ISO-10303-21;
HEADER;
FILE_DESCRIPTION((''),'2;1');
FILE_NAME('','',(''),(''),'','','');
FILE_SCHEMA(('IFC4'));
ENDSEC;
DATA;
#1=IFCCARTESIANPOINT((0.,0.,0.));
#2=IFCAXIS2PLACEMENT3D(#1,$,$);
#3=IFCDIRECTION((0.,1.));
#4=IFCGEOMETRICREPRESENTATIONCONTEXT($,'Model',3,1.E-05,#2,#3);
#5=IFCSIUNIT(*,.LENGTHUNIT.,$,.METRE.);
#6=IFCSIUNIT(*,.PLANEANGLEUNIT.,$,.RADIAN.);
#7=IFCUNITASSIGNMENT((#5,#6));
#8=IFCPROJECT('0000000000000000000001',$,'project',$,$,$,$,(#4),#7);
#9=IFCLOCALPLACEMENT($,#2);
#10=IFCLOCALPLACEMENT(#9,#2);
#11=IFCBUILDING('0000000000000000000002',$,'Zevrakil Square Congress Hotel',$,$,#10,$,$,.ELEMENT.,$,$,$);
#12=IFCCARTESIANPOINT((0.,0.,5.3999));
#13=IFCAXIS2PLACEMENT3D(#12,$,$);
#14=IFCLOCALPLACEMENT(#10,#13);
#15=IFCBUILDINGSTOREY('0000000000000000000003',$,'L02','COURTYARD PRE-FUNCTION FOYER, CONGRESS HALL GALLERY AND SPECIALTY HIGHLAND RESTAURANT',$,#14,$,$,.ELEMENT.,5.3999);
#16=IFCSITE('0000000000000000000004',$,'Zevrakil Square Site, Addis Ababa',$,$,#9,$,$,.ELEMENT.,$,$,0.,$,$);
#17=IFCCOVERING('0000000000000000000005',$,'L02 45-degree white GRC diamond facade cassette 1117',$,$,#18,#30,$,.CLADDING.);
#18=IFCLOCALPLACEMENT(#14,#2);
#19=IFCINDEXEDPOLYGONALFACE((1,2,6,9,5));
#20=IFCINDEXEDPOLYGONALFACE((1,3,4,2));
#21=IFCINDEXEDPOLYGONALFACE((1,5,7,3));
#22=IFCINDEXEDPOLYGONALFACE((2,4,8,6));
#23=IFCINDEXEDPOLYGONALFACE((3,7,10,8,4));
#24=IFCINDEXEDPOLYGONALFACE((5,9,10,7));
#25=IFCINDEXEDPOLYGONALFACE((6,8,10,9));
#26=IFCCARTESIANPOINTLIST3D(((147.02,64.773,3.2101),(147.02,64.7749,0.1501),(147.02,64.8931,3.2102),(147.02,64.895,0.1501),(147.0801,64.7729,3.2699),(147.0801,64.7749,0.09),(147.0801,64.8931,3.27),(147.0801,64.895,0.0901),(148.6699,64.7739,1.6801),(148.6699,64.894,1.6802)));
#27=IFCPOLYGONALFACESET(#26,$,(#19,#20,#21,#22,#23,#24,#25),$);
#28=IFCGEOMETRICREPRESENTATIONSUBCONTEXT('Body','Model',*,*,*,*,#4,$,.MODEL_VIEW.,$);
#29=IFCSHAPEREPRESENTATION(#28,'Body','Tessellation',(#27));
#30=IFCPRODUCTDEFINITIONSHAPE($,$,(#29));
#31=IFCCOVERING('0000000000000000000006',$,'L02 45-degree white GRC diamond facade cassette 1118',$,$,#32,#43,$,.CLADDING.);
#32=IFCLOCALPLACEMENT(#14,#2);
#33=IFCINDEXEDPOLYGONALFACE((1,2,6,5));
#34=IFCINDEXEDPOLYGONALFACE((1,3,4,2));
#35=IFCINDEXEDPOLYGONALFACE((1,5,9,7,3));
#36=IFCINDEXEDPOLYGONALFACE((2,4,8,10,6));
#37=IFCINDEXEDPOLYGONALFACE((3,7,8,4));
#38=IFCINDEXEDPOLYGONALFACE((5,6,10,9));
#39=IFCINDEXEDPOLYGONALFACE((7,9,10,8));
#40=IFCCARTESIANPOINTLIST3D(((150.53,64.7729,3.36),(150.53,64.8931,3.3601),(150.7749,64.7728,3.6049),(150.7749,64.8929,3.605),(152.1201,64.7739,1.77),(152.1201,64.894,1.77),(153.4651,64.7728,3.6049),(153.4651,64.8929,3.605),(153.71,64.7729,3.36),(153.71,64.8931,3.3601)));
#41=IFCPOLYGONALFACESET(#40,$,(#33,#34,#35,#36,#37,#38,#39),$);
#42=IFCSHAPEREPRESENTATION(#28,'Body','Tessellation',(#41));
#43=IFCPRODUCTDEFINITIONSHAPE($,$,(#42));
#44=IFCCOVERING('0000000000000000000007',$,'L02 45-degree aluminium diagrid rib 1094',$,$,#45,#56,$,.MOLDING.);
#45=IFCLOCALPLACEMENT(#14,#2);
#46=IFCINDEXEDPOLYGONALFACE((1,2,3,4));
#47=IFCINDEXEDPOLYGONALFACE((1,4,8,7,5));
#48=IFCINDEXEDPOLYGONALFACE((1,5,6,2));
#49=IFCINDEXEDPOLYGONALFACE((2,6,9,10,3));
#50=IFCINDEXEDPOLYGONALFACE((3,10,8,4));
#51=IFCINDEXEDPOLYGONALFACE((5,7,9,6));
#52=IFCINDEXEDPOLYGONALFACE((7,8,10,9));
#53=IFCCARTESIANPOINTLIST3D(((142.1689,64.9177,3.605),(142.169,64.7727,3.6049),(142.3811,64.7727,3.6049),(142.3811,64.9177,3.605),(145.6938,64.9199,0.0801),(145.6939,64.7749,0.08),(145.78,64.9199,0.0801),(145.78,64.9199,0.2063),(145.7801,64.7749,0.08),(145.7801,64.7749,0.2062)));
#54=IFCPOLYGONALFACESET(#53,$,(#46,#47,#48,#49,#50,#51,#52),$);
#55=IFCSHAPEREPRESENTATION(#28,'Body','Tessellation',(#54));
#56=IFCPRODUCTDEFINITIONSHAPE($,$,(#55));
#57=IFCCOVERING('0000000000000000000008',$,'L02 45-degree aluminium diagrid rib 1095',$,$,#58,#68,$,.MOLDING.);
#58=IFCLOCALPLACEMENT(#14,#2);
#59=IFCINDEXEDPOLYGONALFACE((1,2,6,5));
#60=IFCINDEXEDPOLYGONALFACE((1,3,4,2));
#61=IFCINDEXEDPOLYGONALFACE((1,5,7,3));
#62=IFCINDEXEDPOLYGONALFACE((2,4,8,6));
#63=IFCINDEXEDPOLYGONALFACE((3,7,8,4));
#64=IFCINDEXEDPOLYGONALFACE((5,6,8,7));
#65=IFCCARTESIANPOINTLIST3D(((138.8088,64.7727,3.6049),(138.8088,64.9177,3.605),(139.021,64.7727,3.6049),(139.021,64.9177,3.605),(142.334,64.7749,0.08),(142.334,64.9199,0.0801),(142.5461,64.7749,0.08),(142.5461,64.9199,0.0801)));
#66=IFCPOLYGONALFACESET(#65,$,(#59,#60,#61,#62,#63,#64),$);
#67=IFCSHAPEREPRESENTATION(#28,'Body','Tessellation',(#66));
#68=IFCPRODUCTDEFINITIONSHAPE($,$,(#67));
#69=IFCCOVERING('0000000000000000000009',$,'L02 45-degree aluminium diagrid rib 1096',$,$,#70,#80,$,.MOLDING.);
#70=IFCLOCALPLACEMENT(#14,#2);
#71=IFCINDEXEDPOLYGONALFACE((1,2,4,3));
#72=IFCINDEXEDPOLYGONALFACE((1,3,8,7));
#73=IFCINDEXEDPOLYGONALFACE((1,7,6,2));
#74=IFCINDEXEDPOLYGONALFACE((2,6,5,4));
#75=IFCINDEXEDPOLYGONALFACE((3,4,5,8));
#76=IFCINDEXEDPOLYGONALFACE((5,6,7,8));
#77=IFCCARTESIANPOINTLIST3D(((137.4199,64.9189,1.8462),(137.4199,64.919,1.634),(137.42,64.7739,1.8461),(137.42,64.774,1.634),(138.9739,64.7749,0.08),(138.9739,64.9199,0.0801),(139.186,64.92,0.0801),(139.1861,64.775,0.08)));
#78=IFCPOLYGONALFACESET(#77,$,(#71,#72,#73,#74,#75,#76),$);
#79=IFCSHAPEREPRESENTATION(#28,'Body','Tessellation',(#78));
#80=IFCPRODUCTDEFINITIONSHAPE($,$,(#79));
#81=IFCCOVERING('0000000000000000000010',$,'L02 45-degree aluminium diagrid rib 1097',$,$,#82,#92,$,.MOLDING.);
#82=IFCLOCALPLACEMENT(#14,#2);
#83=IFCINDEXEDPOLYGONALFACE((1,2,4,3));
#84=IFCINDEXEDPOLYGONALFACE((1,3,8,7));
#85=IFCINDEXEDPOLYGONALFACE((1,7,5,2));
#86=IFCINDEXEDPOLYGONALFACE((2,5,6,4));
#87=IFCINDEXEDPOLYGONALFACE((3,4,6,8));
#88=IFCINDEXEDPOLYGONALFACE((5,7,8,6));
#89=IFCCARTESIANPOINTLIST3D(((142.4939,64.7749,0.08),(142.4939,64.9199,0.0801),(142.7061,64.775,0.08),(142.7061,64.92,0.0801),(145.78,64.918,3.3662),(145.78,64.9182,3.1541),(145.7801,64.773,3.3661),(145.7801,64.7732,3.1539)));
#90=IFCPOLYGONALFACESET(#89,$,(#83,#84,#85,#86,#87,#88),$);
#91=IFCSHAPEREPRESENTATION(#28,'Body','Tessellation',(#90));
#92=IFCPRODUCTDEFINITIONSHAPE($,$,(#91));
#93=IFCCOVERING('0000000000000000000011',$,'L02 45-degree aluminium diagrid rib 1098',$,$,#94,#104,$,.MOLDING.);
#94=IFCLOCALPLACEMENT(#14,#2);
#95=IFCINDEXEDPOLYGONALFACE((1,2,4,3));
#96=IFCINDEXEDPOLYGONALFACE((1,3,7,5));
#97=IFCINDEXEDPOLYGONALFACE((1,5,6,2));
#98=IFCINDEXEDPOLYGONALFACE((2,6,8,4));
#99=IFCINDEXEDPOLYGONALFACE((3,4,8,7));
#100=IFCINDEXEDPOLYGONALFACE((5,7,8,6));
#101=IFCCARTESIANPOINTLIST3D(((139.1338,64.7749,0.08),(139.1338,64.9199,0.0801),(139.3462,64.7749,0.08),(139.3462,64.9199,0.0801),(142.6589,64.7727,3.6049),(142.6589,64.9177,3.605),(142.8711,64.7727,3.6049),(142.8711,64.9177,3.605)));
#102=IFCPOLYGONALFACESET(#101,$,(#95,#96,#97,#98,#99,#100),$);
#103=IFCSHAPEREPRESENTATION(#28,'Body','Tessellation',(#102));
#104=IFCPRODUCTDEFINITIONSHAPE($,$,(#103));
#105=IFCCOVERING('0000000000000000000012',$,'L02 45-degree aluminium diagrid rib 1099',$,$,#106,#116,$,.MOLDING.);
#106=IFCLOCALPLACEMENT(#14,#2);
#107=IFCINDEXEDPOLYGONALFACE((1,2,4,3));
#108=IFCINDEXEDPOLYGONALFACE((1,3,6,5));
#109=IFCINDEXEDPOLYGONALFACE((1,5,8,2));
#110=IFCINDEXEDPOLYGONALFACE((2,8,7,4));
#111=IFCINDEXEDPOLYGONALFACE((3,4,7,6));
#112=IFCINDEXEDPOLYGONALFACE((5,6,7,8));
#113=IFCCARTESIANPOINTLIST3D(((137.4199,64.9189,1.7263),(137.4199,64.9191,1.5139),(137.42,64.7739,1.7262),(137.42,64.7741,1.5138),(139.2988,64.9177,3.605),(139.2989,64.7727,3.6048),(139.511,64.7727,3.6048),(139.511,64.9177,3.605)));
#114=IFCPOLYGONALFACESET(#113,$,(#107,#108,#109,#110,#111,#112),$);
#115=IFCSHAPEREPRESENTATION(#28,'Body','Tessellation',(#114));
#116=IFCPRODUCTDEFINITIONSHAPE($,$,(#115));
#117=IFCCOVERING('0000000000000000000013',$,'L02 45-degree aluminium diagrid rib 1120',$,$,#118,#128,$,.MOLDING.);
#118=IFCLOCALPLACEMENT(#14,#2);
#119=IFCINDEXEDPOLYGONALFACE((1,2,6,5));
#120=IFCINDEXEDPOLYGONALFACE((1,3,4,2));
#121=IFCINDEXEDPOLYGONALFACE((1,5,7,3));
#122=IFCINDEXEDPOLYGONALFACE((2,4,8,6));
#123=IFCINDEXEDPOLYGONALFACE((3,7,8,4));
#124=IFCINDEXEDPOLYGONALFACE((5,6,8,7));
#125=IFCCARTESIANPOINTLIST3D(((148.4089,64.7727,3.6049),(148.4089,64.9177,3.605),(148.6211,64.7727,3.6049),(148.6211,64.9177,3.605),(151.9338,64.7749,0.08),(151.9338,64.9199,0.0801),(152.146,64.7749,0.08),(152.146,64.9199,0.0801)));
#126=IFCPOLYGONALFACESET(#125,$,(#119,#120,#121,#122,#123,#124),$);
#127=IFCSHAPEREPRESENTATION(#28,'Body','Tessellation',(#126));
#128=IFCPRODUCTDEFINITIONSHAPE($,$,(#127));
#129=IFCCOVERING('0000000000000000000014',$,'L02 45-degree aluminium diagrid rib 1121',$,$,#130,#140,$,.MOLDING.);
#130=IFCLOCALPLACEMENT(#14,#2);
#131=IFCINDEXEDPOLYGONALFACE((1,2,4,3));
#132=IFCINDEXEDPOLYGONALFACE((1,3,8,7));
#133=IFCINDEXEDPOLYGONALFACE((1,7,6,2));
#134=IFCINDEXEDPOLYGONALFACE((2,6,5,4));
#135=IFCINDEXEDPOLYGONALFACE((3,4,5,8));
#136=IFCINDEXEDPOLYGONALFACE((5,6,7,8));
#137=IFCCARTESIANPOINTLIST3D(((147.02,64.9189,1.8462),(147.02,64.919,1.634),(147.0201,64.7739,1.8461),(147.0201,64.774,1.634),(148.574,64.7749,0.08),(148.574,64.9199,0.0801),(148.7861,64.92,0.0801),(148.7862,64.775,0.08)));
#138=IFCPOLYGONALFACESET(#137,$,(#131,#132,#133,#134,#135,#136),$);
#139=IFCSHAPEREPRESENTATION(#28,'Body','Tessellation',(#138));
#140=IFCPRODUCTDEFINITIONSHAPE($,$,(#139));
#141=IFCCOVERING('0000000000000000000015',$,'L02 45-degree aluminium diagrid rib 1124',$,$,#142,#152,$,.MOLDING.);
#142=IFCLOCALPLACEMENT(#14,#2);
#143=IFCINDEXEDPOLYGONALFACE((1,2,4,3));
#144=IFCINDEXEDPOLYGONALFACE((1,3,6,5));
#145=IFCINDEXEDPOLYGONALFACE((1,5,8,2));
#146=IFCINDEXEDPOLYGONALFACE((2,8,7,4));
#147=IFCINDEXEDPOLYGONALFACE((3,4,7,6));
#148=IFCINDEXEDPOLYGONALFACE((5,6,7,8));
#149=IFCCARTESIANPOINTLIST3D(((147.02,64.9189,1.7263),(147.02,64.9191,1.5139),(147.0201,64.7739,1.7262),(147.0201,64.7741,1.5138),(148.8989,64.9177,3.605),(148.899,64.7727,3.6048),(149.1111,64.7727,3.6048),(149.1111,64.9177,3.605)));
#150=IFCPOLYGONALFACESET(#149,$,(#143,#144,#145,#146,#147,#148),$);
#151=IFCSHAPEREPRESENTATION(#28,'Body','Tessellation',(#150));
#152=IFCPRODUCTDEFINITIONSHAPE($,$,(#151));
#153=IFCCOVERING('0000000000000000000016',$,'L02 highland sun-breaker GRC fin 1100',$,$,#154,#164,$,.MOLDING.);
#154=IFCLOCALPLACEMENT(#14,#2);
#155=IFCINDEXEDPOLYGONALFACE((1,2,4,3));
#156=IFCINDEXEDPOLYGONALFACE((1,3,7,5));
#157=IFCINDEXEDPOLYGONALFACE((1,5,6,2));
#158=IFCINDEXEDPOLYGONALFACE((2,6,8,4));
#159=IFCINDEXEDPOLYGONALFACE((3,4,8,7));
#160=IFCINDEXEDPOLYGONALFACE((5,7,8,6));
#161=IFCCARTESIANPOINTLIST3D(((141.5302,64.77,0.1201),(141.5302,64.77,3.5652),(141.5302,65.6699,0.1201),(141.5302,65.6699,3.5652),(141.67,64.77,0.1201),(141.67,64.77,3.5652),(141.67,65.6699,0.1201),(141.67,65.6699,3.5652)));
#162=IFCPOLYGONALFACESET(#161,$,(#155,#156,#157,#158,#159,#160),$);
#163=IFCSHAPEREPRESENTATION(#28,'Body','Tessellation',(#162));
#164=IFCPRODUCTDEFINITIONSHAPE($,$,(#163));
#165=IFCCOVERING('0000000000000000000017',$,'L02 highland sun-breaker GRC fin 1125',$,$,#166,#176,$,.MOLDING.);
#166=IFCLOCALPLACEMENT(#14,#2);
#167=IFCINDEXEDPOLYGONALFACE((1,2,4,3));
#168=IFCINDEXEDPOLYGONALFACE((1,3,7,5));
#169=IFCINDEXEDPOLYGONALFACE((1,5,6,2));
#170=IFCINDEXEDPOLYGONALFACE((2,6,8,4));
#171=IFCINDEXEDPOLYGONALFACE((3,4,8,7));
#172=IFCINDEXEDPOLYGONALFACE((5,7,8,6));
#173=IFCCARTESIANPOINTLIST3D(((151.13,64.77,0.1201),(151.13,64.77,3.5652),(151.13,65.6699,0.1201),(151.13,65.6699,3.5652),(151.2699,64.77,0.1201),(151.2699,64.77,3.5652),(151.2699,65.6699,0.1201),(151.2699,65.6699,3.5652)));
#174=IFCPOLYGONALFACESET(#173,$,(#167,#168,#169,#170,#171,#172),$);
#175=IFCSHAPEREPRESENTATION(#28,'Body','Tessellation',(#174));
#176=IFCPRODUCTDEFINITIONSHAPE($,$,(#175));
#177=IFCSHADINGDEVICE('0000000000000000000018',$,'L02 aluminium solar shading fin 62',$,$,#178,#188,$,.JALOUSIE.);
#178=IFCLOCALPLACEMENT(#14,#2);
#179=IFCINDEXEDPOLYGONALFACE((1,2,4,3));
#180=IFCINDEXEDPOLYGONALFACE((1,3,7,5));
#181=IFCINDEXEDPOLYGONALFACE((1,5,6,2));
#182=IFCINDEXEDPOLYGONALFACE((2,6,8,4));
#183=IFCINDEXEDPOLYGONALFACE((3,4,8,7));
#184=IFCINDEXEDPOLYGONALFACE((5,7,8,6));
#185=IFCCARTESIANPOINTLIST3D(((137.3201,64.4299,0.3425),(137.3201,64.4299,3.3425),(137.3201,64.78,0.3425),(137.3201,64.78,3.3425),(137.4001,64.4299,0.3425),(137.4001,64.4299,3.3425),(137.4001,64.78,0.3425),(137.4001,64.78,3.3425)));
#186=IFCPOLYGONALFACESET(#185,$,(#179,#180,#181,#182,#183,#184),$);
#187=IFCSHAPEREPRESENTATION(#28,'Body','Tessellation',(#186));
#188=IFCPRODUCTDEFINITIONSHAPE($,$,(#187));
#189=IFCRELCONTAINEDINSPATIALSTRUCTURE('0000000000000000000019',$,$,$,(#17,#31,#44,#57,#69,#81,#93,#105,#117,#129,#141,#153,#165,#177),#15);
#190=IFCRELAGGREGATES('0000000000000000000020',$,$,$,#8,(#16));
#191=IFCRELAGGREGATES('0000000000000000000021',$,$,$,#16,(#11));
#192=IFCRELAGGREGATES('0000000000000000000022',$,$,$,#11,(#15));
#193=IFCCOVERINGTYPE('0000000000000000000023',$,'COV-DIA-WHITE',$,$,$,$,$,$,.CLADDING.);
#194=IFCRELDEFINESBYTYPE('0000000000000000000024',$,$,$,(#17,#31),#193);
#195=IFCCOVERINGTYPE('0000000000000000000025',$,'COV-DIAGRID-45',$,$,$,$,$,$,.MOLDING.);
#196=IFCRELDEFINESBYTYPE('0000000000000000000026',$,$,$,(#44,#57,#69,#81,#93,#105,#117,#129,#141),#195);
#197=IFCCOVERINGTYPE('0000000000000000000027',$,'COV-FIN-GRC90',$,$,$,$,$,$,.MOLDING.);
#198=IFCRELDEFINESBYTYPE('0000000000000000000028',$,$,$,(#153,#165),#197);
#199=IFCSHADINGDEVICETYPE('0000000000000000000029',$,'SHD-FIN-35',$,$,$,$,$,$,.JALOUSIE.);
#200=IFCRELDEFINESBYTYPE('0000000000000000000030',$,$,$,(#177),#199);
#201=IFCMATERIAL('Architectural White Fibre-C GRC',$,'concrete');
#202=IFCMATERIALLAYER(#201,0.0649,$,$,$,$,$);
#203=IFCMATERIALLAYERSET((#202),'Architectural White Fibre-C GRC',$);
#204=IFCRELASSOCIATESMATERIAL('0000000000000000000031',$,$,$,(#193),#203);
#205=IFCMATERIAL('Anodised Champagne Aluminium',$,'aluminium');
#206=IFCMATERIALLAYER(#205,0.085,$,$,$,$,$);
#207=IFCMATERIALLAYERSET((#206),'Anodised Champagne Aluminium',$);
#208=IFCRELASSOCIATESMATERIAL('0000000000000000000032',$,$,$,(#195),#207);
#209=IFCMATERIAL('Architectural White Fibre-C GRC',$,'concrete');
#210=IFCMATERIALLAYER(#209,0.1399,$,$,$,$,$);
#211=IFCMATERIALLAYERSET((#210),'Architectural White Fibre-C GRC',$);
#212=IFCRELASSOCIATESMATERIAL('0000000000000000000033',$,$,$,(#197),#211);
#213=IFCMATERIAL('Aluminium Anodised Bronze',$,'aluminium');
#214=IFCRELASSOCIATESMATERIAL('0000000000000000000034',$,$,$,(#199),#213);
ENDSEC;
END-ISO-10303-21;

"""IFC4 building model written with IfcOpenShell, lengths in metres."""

from ifc_helpers import new_model, si_unit, direction, frame, origin, origin_2d, place, context, subcontext, project, spatial, polyline, rectangle, outline, extrude, material, layer, layer_set, type_object, element, save


model = new_model("IFC4")

# Units and contexts
model_context = context("Model", 3, precision=1e-05, world=origin(), true_north=direction((0.0, 1.0)))
body_context = subcontext(model_context, "Body", "Model", "MODEL_VIEW")
ifc_project = project(units=[si_unit("LENGTHUNIT", "METRE"), si_unit("PLANEANGLEUNIT", "RADIAN")], contexts=[model_context])

# Site, building, storey
site_placement = place(None, origin())
site = spatial("IfcSite", under=ifc_project, at=site_placement, Name="Zevrakil Square Site, Addis Ababa", CompositionType="ELEMENT", RefElevation=0.0)
building_placement = place(site_placement, origin())
building = spatial("IfcBuilding", under=site, at=building_placement, Name="Zevrakil Square Congress Hotel", CompositionType="ELEMENT")
storey_placement = place(building_placement, frame((0.0, 0.0, 5.3999)))
storey = spatial("IfcBuildingStorey", under=building, at=storey_placement, Name="L02", Description="COURTYARD PRE-FUNCTION FOYER, CONGRESS HALL GALLERY AND SPECIALTY HIGHLAND RESTAURANT", CompositionType="ELEMENT", Elevation=5.3999)

# Coverings
ifc_material_1 = material(Name="Architectural White Fibre-C GRC", Category="concrete")
ifc_layer_1 = layer(ifc_material_1, 0.0649)
ifc_layer_set_1 = layer_set([ifc_layer_1], Name="Architectural White Fibre-C GRC")
covering_type_1 = type_object("IfcCoveringType", Name="COV-DIA-WHITE", PredefinedType="CLADDING", material=ifc_layer_set_1)
covering_1_placement = place(storey_placement, frame((147.0801, 64.895, 0.0901), z_axis=(0.0, 1.0, 0.000615), x_axis=(0.707052, -0.000435, 0.707161)))
element("IfcCovering", 1, at=covering_1_placement, inside=storey, type_object=covering_type_1, Name="L02 45-degree white GRC diamond facade cassette 1117", PredefinedType="CLADDING", context=body_context, shape_type="SweptSolid", body=[
    extrude(outline(polyline([(0.0, 0.0), (2.2486, 0.0), (2.2487, -2.2484), (2.164, -2.2486), (0.0, -0.0849), (0.0, 0.0)])), origin(), (0.0, 0.0, -1.0), 0.1201),
])
covering_2_placement = place(storey_placement, frame((150.53, 64.8931, 3.3601), z_axis=(0.0, 1.0, 0.000579), x_axis=(0.707107, 0.00041, -0.707107)))
element("IfcCovering", 2, at=covering_2_placement, inside=storey, type_object=covering_type_1, Name="L02 45-degree white GRC diamond facade cassette 1118", PredefinedType="CLADDING", context=body_context, shape_type="SweptSolid", body=[
    extrude(outline(polyline([(0.0, 0.0), (2.2487, 0.0), (2.2486, -2.2486), (1.9022, -2.2486), (0.0, -0.3463), (0.0, 0.0)])), origin(), (0.0, 0.0, -1.0), 0.1201),
])
ifc_material_2 = material(Name="Anodised Champagne Aluminium", Category="aluminium")
ifc_layer_2 = layer(ifc_material_2, 0.085)
ifc_layer_set_2 = layer_set([ifc_layer_2], Name="Anodised Champagne Aluminium")
covering_type_2 = type_object("IfcCoveringType", Name="COV-DIAGRID-45", PredefinedType="MOLDING", material=ifc_layer_set_2)
covering_3_placement = place(storey_placement, frame((145.6938, 64.9199, 0.0801), z_axis=(-0.000187, 1.0, 0.000443), x_axis=(1.0, 0.000187, 0.0)))
element("IfcCovering", 3, at=covering_3_placement, inside=storey, type_object=covering_type_2, Name="L02 45-degree aluminium diagrid rib 1094", PredefinedType="MOLDING", context=body_context, shape_type="SweptSolid", body=[
    extrude(outline(polyline([(0.0, 0.0), (0.0862, 0.0), (0.0862, -0.1262), (-3.3127, -3.5249), (-3.5249, -3.5249), (0.0, 0.0)])), origin(), (0.0, 0.0, -1.0), 0.145),
])
covering_4_placement = place(storey_placement, frame((142.334, 64.9199, 0.0801), z_axis=(0.0, 1.0, 0.000623), x_axis=(1.0, 0.0, 0.0)))
element("IfcCovering", 4, at=covering_4_placement, inside=storey, type_object=covering_type_2, Name="L02 45-degree aluminium diagrid rib 1095", PredefinedType="MOLDING", context=body_context, shape_type="SweptSolid", body=[
    extrude(outline(polyline([(0.0, 0.0), (0.2122, 0.0), (-3.313, -3.5249), (-3.5251, -3.5249), (0.0, 0.0)])), origin(), (0.0, 0.0, -1.0), 0.145),
])
covering_5_placement = place(storey_placement, frame((138.9739, 64.9199, 0.0801), z_axis=(-0.000294, 1.0, 0.000294), x_axis=(1.0, 0.000294, 0.0)))
element("IfcCovering", 5, at=covering_5_placement, inside=storey, type_object=covering_type_2, Name="L02 45-degree aluminium diagrid rib 1096", PredefinedType="MOLDING", context=body_context, shape_type="SweptSolid", body=[
    extrude(outline(polyline([(0.0, 0.0), (0.2122, 0.0), (-1.554, -1.7661), (-1.554, -1.554), (0.0, 0.0)])), origin(), (0.0, 0.0, -1.0), 0.145),
])
covering_6_placement = place(storey_placement, frame((145.78, 64.9182, 3.1541), z_axis=(-0.000287, 1.0, 0.000863), x_axis=(0.0, -0.000863, 1.0)))
element("IfcCovering", 6, at=covering_6_placement, inside=storey, type_object=covering_type_2, Name="L02 45-degree aluminium diagrid rib 1097", PredefinedType="MOLDING", context=body_context, shape_type="SweptSolid", body=[
    extrude(outline(polyline([(0.0, 0.0), (0.2122, 0.0), (-3.074, -3.2861), (-3.074, -3.074), (0.0, 0.0)])), origin(), (0.0, 0.0, -1.0), 0.145),
])
covering_7_placement = place(storey_placement, frame((142.8711, 64.9177, 3.605), z_axis=(0.0, 1.0, 0.000623), x_axis=(-1.0, 0.0, 0.0)))
element("IfcCovering", 7, at=covering_7_placement, inside=storey, type_object=covering_type_2, Name="L02 45-degree aluminium diagrid rib 1098", PredefinedType="MOLDING", context=body_context, shape_type="SweptSolid", body=[
    extrude(outline(polyline([(0.0, 0.0), (0.2122, 0.0), (3.7373, -3.5249), (3.5249, -3.5249), (0.0, 0.0)])), origin(), (0.0, 0.0, -1.0), 0.145),
])
covering_8_placement = place(storey_placement, frame((139.511, 64.9177, 3.605), z_axis=(-0.000237, 1.0, 0.000913), x_axis=(-1.0, -0.000237, 0.0)))
element("IfcCovering", 8, at=covering_8_placement, inside=storey, type_object=covering_type_2, Name="L02 45-degree aluminium diagrid rib 1099", PredefinedType="MOLDING", context=body_context, shape_type="SweptSolid", body=[
    extrude(outline(polyline([(0.0, 0.0), (0.2122, 0.0), (2.0911, -1.8787), (2.0911, -2.0911), (0.0, 0.0)])), origin(), (0.0, 0.0, -1.0), 0.145),
])
covering_9_placement = place(storey_placement, frame((151.9338, 64.9199, 0.0801), z_axis=(0.0, 1.0, 0.000623), x_axis=(1.0, 0.0, 0.0)))
element("IfcCovering", 9, at=covering_9_placement, inside=storey, type_object=covering_type_2, Name="L02 45-degree aluminium diagrid rib 1120", PredefinedType="MOLDING", context=body_context, shape_type="SweptSolid", body=[
    extrude(outline(polyline([(0.0, 0.0), (0.2122, 0.0), (-3.3127, -3.5249), (-3.5249, -3.5249), (0.0, 0.0)])), origin(), (0.0, 0.0, -1.0), 0.145),
])
covering_10_placement = place(storey_placement, frame((148.574, 64.9199, 0.0801), z_axis=(-0.000294, 1.0, 0.000294), x_axis=(1.0, 0.000294, 0.0)))
element("IfcCovering", 10, at=covering_10_placement, inside=storey, type_object=covering_type_2, Name="L02 45-degree aluminium diagrid rib 1121", PredefinedType="MOLDING", context=body_context, shape_type="SweptSolid", body=[
    extrude(outline(polyline([(0.0, 0.0), (0.2122, 0.0), (-1.554, -1.7661), (-1.554, -1.554), (0.0, 0.0)])), origin(), (0.0, 0.0, -1.0), 0.145),
])
covering_11_placement = place(storey_placement, frame((149.1111, 64.9177, 3.605), z_axis=(-0.000237, 1.0, 0.000913), x_axis=(-1.0, -0.000237, 0.0)))
element("IfcCovering", 11, at=covering_11_placement, inside=storey, type_object=covering_type_2, Name="L02 45-degree aluminium diagrid rib 1124", PredefinedType="MOLDING", context=body_context, shape_type="SweptSolid", body=[
    extrude(outline(polyline([(0.0, 0.0), (0.2122, 0.0), (2.0911, -1.8787), (2.0911, -2.0911), (0.0, 0.0)])), origin(), (0.0, 0.0, -1.0), 0.145),
])
ifc_material_3 = material(Name="Architectural White Fibre-C GRC", Category="concrete")
ifc_layer_3 = layer(ifc_material_3, 0.1399)
ifc_layer_set_3 = layer_set([ifc_layer_3], Name="Architectural White Fibre-C GRC")
covering_type_3 = type_object("IfcCoveringType", Name="COV-FIN-GRC90", PredefinedType="MOLDING", material=ifc_layer_set_3)
for number, where, z_axis, x_axis, name in (
    (12, (141.6001, 65.22, 0.1201), (0.0, 0.0, 1.0), (0.0, 1.0, 0.0), "L02 highland sun-breaker GRC fin 1100"),
    (13, (151.2, 65.22, 0.1201), (0.0, 0.0, 1.0), (0.0, 1.0, 0.0), "L02 highland sun-breaker GRC fin 1125"),
):
    element("IfcCovering", number, at=place(storey_placement, frame(where, z_axis=z_axis, x_axis=x_axis)), inside=storey, type_object=covering_type_3, Name=name, PredefinedType="MOLDING", context=body_context, shape_type="SweptSolid", body=[
        extrude(rectangle(XDim=0.8999, YDim=0.1399, at=origin_2d()), origin(), (0.0, 0.0, 1.0), 3.4451),
    ])

# Shading device
ifc_material_4 = material(Name="Aluminium Anodised Bronze", Category="aluminium")
shading_device_type = type_object("IfcShadingDeviceType", Name="SHD-FIN-35", PredefinedType="JALOUSIE", material=ifc_material_4)
for number, where, z_axis, x_axis, name in (
    (14, (137.3601, 64.605, 0.3425), (0.0, 0.0, 1.0), (0.0, -1.0, 0.0), "L02 aluminium solar shading fin 62"),
):
    element("IfcShadingDevice", number, at=place(storey_placement, frame(where, z_axis=z_axis, x_axis=x_axis)), inside=storey, type_object=shading_device_type, Name=name, PredefinedType="JALOUSIE", context=body_context, shape_type="SweptSolid", body=[
        extrude(rectangle(XDim=0.3501, YDim=0.0801, at=origin_2d()), origin(), (0.0, 0.0, 1.0), 3.0),
    ])

save(model, "model.ifc")
